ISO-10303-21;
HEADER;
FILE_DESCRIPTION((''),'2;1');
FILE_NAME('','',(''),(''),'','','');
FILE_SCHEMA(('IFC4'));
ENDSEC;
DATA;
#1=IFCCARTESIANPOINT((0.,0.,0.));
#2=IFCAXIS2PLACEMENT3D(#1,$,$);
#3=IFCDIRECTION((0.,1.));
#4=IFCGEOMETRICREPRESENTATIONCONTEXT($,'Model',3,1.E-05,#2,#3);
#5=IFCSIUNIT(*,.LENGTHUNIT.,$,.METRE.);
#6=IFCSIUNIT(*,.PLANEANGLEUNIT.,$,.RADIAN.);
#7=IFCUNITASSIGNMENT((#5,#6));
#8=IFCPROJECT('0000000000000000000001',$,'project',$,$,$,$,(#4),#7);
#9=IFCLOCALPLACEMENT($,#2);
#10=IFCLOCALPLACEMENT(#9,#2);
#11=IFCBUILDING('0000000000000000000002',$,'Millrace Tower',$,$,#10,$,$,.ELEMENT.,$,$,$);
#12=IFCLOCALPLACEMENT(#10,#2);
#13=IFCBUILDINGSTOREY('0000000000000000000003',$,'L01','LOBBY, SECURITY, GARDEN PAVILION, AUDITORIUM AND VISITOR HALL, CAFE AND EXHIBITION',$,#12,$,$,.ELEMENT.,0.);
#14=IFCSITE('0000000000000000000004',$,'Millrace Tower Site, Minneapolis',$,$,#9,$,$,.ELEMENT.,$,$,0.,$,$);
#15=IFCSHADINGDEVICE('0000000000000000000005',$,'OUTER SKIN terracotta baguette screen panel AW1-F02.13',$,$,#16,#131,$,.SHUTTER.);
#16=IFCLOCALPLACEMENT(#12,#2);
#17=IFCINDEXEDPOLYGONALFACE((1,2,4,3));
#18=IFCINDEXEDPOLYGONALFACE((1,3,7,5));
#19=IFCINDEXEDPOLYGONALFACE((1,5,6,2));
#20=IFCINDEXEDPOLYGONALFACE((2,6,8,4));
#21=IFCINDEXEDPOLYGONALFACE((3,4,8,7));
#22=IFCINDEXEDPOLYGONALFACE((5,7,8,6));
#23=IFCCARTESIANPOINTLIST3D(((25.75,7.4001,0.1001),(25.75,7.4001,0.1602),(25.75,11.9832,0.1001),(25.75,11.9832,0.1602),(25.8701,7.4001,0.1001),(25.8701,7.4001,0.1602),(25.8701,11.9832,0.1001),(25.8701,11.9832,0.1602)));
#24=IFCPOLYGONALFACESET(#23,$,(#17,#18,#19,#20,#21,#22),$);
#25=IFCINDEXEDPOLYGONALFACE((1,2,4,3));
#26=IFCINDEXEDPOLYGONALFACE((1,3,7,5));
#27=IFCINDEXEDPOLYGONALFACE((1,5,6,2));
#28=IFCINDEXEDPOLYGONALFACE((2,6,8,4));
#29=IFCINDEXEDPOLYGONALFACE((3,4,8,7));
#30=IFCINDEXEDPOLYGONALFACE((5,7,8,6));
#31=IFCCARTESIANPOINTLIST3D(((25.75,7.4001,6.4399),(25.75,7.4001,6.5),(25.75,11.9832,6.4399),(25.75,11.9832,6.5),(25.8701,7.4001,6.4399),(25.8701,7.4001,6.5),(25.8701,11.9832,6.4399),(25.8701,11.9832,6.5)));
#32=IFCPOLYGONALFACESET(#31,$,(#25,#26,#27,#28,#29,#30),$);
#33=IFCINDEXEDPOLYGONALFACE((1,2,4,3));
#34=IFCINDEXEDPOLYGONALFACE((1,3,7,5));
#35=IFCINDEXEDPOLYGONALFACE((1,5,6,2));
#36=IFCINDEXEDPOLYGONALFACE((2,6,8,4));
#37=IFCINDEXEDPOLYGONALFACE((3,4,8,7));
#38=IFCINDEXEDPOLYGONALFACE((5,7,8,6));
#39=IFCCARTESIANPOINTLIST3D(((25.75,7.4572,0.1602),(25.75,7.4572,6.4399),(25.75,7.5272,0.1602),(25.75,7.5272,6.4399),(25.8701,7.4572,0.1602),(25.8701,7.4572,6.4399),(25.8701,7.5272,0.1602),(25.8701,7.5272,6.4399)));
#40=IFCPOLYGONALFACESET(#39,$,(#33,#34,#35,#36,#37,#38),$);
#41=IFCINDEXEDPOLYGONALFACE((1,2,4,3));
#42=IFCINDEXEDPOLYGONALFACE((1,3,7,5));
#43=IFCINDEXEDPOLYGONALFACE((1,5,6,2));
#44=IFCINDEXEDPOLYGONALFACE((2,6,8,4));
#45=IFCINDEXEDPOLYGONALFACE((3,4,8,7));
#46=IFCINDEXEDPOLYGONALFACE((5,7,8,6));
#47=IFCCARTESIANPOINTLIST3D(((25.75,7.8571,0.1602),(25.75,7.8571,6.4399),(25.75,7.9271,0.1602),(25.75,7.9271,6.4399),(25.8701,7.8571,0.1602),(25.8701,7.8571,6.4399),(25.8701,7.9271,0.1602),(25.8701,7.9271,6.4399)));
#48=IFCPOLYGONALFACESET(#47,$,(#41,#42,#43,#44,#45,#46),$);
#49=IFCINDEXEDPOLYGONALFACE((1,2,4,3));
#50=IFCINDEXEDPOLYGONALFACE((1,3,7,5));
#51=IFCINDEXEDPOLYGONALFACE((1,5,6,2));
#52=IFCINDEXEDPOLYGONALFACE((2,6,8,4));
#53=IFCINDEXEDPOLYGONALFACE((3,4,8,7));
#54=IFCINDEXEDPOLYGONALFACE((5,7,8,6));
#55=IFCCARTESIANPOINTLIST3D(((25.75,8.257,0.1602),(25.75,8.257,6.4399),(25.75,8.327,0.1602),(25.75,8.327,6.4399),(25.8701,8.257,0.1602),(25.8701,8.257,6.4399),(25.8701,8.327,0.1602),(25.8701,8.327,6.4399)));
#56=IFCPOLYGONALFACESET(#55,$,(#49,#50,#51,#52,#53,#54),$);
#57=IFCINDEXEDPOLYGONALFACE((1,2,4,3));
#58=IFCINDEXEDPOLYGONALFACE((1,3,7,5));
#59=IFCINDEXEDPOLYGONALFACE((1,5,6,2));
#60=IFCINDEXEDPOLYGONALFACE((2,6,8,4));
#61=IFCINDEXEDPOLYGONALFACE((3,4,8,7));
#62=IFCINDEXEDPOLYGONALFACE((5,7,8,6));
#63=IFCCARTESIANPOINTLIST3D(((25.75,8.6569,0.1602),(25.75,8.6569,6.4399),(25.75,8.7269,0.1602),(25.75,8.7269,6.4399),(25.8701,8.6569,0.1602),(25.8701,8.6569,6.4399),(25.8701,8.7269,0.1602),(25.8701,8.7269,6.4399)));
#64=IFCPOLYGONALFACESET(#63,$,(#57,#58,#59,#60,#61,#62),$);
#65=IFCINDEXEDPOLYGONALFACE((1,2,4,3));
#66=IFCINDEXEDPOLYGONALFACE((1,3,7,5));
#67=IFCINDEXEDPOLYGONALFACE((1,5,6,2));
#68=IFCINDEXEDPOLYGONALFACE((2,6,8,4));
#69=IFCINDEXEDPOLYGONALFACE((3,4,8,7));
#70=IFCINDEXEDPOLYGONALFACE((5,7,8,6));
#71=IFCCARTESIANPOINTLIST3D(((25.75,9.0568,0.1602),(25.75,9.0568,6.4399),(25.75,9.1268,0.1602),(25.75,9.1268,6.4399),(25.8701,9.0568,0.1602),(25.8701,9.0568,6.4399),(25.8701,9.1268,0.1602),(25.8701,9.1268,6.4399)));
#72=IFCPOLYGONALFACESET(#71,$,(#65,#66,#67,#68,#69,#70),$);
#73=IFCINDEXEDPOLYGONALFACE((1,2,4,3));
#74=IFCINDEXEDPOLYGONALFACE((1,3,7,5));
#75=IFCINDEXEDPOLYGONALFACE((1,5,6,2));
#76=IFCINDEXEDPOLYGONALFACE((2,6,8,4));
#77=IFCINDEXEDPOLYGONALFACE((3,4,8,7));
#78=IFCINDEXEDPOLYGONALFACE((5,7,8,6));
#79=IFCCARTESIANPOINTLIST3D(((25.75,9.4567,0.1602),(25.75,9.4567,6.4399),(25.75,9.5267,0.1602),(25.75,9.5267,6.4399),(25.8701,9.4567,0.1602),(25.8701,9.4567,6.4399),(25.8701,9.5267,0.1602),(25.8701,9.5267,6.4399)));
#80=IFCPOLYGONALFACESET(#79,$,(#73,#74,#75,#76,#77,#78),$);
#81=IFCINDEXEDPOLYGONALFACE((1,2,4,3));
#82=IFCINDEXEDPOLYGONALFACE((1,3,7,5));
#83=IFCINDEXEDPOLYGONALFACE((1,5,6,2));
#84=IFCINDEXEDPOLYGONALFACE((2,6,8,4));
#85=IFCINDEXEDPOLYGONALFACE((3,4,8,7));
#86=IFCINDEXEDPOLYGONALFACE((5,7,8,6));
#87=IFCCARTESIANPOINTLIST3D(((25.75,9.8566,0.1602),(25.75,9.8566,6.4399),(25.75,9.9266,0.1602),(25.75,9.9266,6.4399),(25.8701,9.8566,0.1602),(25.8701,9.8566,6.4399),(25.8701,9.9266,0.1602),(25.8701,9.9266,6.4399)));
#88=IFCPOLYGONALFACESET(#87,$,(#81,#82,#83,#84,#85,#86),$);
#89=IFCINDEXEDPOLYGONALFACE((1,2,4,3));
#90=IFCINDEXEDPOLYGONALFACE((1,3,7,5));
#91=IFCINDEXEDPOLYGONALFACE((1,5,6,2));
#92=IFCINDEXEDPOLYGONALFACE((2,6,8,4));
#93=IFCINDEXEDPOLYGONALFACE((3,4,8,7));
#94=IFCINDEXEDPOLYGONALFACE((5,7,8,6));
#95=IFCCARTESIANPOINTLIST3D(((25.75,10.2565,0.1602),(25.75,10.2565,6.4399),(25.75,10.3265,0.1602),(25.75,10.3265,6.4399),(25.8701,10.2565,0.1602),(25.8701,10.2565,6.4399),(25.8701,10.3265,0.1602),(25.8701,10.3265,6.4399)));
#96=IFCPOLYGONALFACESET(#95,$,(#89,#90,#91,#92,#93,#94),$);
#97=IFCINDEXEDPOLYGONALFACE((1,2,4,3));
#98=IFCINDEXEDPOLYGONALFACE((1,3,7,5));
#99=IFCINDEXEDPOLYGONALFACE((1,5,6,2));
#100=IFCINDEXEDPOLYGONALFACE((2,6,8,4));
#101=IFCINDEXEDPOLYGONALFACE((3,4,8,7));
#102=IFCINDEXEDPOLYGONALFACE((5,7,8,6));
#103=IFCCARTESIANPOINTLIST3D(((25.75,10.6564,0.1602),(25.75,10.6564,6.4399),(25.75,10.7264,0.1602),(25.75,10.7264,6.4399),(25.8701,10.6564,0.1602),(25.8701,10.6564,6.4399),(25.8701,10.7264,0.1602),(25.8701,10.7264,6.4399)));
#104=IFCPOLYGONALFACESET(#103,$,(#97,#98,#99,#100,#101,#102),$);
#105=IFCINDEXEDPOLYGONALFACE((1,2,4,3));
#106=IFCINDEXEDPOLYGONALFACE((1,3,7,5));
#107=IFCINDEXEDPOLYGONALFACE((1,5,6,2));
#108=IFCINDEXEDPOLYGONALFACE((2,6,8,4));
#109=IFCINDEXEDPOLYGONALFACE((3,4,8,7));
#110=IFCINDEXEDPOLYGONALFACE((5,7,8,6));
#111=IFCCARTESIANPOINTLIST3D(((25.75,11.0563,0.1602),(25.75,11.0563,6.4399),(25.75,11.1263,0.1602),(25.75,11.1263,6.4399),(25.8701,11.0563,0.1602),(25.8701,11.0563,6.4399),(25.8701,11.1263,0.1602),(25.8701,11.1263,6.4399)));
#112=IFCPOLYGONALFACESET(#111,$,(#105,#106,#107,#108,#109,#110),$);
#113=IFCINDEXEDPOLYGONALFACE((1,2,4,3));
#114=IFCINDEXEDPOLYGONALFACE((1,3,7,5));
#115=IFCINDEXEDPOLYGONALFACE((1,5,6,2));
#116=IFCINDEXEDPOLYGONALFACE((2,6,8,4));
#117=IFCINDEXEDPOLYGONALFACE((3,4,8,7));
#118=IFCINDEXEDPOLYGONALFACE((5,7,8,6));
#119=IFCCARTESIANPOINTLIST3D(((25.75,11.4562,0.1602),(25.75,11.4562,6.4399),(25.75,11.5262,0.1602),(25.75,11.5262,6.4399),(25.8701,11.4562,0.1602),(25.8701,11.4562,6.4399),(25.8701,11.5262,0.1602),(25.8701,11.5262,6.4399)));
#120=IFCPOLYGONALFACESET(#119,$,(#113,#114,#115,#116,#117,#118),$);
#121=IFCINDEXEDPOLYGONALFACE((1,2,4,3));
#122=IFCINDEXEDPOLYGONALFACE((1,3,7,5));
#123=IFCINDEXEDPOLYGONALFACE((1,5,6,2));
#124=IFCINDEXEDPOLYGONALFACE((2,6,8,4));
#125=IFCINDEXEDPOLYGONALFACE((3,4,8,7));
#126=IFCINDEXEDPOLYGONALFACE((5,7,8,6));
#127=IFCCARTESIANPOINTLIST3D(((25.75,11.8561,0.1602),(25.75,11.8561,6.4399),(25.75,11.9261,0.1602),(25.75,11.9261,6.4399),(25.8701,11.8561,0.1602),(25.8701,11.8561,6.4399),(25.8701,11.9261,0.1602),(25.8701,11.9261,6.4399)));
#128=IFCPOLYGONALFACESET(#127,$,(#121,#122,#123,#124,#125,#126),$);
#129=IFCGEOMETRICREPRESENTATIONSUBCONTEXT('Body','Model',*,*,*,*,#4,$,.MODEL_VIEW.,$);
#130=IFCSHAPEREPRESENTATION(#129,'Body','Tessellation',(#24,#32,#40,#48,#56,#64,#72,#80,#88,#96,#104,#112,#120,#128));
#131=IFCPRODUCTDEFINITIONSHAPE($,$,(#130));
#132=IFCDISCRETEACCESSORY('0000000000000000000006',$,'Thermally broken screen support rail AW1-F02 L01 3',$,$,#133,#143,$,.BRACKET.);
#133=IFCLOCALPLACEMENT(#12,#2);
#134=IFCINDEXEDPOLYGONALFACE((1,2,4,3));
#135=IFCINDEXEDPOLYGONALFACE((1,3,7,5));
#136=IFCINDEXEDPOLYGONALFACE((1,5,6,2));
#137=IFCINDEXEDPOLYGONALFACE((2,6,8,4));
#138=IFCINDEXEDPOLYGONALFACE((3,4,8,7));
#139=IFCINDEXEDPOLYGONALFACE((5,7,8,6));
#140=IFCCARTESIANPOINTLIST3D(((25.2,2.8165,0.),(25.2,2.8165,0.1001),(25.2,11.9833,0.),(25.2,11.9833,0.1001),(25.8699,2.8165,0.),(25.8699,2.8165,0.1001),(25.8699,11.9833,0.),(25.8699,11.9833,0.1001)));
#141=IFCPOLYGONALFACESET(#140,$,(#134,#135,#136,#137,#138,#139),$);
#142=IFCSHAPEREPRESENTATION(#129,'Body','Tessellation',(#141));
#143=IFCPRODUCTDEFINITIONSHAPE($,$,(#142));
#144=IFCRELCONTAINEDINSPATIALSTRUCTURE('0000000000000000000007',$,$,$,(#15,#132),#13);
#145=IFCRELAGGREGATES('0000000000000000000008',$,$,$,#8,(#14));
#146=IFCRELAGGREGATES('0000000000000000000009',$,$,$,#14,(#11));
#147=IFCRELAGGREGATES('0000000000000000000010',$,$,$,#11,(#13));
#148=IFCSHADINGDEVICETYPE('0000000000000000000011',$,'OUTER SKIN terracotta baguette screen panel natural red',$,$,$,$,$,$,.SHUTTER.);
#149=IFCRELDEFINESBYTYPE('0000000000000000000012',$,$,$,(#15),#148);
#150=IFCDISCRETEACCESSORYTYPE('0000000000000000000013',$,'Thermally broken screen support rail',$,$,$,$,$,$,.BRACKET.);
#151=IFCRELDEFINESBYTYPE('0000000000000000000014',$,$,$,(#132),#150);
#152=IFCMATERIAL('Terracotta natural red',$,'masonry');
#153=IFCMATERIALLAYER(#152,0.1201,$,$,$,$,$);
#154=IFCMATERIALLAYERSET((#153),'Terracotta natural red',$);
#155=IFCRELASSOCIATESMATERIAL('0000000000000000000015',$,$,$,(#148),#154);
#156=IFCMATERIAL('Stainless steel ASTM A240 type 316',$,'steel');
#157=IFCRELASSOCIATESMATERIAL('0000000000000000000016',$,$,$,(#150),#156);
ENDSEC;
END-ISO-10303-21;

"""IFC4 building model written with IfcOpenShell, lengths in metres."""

from ifc_helpers import new_model, entity, si_unit, direction, frame, frame_2d, origin, origin_2d, place, context, subcontext, project, spatial, rectangle, extrude, source, transform, mapped, material, layer, layer_set, type_object, element, save


model = new_model("IFC4")

# Units and contexts
model_context = context("Model", 3, precision=1e-05, world=origin(), true_north=direction((0.0, 1.0)))
body_context = subcontext(model_context, "Body", "Model", "MODEL_VIEW")
ifc_project = project(units=[si_unit("LENGTHUNIT", "METRE"), si_unit("PLANEANGLEUNIT", "RADIAN")], contexts=[model_context])

# Site, building, storey
site_placement = place(None, origin())
site = spatial("IfcSite", under=ifc_project, at=site_placement, Name="Millrace Tower Site, Minneapolis", CompositionType="ELEMENT", RefElevation=0.0)
building_placement = place(site_placement, origin())
building = spatial("IfcBuilding", under=site, at=building_placement, Name="Millrace Tower", CompositionType="ELEMENT")
storey_placement = place(building_placement, origin())
storey = spatial("IfcBuildingStorey", under=building, at=storey_placement, Name="L01", Description="LOBBY, SECURITY, GARDEN PAVILION, AUDITORIUM AND VISITOR HALL, CAFE AND EXHIBITION", CompositionType="ELEMENT", Elevation=0.0)

# Shading device
ifc_material_1 = material(Name="Terracotta natural red", Category="masonry")
ifc_layer_1 = layer(ifc_material_1, 0.1201)
ifc_layer_set_1 = layer_set([ifc_layer_1], Name="Terracotta natural red")
shading_device_type = type_object("IfcShadingDeviceType", Name="OUTER SKIN terracotta baguette screen panel natural red", PredefinedType="SHUTTER", material=ifc_layer_set_1)
cartesian_point = entity("IfcCartesianPoint", [-2.2915, 0.0601])
shared_polyline = entity("IfcPolyline", [cartesian_point, entity("IfcCartesianPoint", [2.2915, 0.0601]), entity("IfcCartesianPoint", [2.2915, -0.0601]), entity("IfcCartesianPoint", [-2.2915, -0.0601]), cartesian_point])
shared_shape = source(origin(), body_context, "Body", "SweptSolid", [
    entity("IfcExtrudedAreaSolid", entity("IfcArbitraryClosedProfileDef", "AREA", None, shared_polyline), entity("IfcAxis2Placement3D", entity("IfcCartesianPoint", [0.0, 0.0, 0.0])), entity("IfcDirection", [0.0, 0.0, 1.0]), 0.0601),
    entity("IfcExtrudedAreaSolid", entity("IfcArbitraryClosedProfileDef", "AREA", None, shared_polyline), entity("IfcAxis2Placement3D", entity("IfcCartesianPoint", [0.0, 0.0, 6.3398])), entity("IfcDirection", [0.0, 0.0, 1.0]), 0.0601),
    extrude(rectangle(XDim=0.0701, YDim=0.1201, at=frame_2d((-2.1995, 0.0))), frame((0.0, 0.0, 0.0601)), (0.0, 0.0, 1.0), 6.2798),
    extrude(rectangle(XDim=0.0701, YDim=0.1201, at=frame_2d((-1.7996, 0.0))), frame((0.0, 0.0, 0.0601)), (0.0, 0.0, 1.0), 6.2798),
    extrude(rectangle(XDim=0.0701, YDim=0.1201, at=frame_2d((-1.3997, 0.0))), frame((0.0, 0.0, 0.0601)), (0.0, 0.0, 1.0), 6.2798),
    extrude(rectangle(XDim=0.0701, YDim=0.1201, at=frame_2d((-0.9998, 0.0))), frame((0.0, 0.0, 0.0601)), (0.0, 0.0, 1.0), 6.2798),
    extrude(rectangle(XDim=0.0701, YDim=0.1201, at=frame_2d((-0.5999, 0.0))), frame((0.0, 0.0, 0.0601)), (0.0, 0.0, 1.0), 6.2798),
    extrude(rectangle(XDim=0.0701, YDim=0.1201, at=frame_2d((-0.2, 0.0))), frame((0.0, 0.0, 0.0601)), (0.0, 0.0, 1.0), 6.2798),
    extrude(rectangle(XDim=0.0701, YDim=0.1201, at=frame_2d((0.2, 0.0))), frame((0.0, 0.0, 0.0601)), (0.0, 0.0, 1.0), 6.2798),
    extrude(rectangle(XDim=0.0701, YDim=0.1201, at=frame_2d((0.5999, 0.0))), frame((0.0, 0.0, 0.0601)), (0.0, 0.0, 1.0), 6.2798),
    extrude(rectangle(XDim=0.0701, YDim=0.1201, at=frame_2d((0.9998, 0.0))), frame((0.0, 0.0, 0.0601)), (0.0, 0.0, 1.0), 6.2798),
    extrude(rectangle(XDim=0.0701, YDim=0.1201, at=frame_2d((1.3997, 0.0))), frame((0.0, 0.0, 0.0601)), (0.0, 0.0, 1.0), 6.2798),
    extrude(rectangle(XDim=0.0701, YDim=0.1201, at=frame_2d((1.7996, 0.0))), frame((0.0, 0.0, 0.0601)), (0.0, 0.0, 1.0), 6.2798),
    extrude(rectangle(XDim=0.0701, YDim=0.1201, at=frame_2d((2.1995, 0.0))), frame((0.0, 0.0, 0.0601)), (0.0, 0.0, 1.0), 6.2798),
])
for number, where, z_axis, x_axis, name in (
    (1, (25.8101, 9.6917, 0.1001), (0.0, 0.0, 1.0), (0.0, 1.0, 0.0), "OUTER SKIN terracotta baguette screen panel AW1-F02.13"),
):
    element("IfcShadingDevice", number, at=place(storey_placement, frame(where, z_axis=z_axis, x_axis=x_axis)), inside=storey, type_object=shading_device_type, Name=name, PredefinedType="SHUTTER", context=body_context, shape_type="MappedRepresentation", body=[
        mapped(shared_shape, transform((0.0, 0.0, 0.0), scale=1.0)),
    ])

# Discrete accessory
ifc_material_2 = material(Name="Stainless steel ASTM A240 type 316", Category="steel")
discrete_accessory_type = type_object("IfcDiscreteAccessoryType", Name="Thermally broken screen support rail", PredefinedType="BRACKET", material=ifc_material_2)
discrete_accessory_placement = place(storey_placement, frame((25.5349, 7.3999, 0.0), z_axis=(0.0, 0.0, 1.0), x_axis=(0.0, 1.0, 0.0)))
element("IfcDiscreteAccessory", 2, at=discrete_accessory_placement, inside=storey, type_object=discrete_accessory_type, Name="Thermally broken screen support rail AW1-F02 L01 3", PredefinedType="BRACKET", context=body_context, shape_type="SweptSolid", body=[
    extrude(rectangle(XDim=9.1667, YDim=0.6699, at=origin_2d()), origin(), (0.0, 0.0, 1.0), 0.1001),
])

save(model, "model.ifc")
